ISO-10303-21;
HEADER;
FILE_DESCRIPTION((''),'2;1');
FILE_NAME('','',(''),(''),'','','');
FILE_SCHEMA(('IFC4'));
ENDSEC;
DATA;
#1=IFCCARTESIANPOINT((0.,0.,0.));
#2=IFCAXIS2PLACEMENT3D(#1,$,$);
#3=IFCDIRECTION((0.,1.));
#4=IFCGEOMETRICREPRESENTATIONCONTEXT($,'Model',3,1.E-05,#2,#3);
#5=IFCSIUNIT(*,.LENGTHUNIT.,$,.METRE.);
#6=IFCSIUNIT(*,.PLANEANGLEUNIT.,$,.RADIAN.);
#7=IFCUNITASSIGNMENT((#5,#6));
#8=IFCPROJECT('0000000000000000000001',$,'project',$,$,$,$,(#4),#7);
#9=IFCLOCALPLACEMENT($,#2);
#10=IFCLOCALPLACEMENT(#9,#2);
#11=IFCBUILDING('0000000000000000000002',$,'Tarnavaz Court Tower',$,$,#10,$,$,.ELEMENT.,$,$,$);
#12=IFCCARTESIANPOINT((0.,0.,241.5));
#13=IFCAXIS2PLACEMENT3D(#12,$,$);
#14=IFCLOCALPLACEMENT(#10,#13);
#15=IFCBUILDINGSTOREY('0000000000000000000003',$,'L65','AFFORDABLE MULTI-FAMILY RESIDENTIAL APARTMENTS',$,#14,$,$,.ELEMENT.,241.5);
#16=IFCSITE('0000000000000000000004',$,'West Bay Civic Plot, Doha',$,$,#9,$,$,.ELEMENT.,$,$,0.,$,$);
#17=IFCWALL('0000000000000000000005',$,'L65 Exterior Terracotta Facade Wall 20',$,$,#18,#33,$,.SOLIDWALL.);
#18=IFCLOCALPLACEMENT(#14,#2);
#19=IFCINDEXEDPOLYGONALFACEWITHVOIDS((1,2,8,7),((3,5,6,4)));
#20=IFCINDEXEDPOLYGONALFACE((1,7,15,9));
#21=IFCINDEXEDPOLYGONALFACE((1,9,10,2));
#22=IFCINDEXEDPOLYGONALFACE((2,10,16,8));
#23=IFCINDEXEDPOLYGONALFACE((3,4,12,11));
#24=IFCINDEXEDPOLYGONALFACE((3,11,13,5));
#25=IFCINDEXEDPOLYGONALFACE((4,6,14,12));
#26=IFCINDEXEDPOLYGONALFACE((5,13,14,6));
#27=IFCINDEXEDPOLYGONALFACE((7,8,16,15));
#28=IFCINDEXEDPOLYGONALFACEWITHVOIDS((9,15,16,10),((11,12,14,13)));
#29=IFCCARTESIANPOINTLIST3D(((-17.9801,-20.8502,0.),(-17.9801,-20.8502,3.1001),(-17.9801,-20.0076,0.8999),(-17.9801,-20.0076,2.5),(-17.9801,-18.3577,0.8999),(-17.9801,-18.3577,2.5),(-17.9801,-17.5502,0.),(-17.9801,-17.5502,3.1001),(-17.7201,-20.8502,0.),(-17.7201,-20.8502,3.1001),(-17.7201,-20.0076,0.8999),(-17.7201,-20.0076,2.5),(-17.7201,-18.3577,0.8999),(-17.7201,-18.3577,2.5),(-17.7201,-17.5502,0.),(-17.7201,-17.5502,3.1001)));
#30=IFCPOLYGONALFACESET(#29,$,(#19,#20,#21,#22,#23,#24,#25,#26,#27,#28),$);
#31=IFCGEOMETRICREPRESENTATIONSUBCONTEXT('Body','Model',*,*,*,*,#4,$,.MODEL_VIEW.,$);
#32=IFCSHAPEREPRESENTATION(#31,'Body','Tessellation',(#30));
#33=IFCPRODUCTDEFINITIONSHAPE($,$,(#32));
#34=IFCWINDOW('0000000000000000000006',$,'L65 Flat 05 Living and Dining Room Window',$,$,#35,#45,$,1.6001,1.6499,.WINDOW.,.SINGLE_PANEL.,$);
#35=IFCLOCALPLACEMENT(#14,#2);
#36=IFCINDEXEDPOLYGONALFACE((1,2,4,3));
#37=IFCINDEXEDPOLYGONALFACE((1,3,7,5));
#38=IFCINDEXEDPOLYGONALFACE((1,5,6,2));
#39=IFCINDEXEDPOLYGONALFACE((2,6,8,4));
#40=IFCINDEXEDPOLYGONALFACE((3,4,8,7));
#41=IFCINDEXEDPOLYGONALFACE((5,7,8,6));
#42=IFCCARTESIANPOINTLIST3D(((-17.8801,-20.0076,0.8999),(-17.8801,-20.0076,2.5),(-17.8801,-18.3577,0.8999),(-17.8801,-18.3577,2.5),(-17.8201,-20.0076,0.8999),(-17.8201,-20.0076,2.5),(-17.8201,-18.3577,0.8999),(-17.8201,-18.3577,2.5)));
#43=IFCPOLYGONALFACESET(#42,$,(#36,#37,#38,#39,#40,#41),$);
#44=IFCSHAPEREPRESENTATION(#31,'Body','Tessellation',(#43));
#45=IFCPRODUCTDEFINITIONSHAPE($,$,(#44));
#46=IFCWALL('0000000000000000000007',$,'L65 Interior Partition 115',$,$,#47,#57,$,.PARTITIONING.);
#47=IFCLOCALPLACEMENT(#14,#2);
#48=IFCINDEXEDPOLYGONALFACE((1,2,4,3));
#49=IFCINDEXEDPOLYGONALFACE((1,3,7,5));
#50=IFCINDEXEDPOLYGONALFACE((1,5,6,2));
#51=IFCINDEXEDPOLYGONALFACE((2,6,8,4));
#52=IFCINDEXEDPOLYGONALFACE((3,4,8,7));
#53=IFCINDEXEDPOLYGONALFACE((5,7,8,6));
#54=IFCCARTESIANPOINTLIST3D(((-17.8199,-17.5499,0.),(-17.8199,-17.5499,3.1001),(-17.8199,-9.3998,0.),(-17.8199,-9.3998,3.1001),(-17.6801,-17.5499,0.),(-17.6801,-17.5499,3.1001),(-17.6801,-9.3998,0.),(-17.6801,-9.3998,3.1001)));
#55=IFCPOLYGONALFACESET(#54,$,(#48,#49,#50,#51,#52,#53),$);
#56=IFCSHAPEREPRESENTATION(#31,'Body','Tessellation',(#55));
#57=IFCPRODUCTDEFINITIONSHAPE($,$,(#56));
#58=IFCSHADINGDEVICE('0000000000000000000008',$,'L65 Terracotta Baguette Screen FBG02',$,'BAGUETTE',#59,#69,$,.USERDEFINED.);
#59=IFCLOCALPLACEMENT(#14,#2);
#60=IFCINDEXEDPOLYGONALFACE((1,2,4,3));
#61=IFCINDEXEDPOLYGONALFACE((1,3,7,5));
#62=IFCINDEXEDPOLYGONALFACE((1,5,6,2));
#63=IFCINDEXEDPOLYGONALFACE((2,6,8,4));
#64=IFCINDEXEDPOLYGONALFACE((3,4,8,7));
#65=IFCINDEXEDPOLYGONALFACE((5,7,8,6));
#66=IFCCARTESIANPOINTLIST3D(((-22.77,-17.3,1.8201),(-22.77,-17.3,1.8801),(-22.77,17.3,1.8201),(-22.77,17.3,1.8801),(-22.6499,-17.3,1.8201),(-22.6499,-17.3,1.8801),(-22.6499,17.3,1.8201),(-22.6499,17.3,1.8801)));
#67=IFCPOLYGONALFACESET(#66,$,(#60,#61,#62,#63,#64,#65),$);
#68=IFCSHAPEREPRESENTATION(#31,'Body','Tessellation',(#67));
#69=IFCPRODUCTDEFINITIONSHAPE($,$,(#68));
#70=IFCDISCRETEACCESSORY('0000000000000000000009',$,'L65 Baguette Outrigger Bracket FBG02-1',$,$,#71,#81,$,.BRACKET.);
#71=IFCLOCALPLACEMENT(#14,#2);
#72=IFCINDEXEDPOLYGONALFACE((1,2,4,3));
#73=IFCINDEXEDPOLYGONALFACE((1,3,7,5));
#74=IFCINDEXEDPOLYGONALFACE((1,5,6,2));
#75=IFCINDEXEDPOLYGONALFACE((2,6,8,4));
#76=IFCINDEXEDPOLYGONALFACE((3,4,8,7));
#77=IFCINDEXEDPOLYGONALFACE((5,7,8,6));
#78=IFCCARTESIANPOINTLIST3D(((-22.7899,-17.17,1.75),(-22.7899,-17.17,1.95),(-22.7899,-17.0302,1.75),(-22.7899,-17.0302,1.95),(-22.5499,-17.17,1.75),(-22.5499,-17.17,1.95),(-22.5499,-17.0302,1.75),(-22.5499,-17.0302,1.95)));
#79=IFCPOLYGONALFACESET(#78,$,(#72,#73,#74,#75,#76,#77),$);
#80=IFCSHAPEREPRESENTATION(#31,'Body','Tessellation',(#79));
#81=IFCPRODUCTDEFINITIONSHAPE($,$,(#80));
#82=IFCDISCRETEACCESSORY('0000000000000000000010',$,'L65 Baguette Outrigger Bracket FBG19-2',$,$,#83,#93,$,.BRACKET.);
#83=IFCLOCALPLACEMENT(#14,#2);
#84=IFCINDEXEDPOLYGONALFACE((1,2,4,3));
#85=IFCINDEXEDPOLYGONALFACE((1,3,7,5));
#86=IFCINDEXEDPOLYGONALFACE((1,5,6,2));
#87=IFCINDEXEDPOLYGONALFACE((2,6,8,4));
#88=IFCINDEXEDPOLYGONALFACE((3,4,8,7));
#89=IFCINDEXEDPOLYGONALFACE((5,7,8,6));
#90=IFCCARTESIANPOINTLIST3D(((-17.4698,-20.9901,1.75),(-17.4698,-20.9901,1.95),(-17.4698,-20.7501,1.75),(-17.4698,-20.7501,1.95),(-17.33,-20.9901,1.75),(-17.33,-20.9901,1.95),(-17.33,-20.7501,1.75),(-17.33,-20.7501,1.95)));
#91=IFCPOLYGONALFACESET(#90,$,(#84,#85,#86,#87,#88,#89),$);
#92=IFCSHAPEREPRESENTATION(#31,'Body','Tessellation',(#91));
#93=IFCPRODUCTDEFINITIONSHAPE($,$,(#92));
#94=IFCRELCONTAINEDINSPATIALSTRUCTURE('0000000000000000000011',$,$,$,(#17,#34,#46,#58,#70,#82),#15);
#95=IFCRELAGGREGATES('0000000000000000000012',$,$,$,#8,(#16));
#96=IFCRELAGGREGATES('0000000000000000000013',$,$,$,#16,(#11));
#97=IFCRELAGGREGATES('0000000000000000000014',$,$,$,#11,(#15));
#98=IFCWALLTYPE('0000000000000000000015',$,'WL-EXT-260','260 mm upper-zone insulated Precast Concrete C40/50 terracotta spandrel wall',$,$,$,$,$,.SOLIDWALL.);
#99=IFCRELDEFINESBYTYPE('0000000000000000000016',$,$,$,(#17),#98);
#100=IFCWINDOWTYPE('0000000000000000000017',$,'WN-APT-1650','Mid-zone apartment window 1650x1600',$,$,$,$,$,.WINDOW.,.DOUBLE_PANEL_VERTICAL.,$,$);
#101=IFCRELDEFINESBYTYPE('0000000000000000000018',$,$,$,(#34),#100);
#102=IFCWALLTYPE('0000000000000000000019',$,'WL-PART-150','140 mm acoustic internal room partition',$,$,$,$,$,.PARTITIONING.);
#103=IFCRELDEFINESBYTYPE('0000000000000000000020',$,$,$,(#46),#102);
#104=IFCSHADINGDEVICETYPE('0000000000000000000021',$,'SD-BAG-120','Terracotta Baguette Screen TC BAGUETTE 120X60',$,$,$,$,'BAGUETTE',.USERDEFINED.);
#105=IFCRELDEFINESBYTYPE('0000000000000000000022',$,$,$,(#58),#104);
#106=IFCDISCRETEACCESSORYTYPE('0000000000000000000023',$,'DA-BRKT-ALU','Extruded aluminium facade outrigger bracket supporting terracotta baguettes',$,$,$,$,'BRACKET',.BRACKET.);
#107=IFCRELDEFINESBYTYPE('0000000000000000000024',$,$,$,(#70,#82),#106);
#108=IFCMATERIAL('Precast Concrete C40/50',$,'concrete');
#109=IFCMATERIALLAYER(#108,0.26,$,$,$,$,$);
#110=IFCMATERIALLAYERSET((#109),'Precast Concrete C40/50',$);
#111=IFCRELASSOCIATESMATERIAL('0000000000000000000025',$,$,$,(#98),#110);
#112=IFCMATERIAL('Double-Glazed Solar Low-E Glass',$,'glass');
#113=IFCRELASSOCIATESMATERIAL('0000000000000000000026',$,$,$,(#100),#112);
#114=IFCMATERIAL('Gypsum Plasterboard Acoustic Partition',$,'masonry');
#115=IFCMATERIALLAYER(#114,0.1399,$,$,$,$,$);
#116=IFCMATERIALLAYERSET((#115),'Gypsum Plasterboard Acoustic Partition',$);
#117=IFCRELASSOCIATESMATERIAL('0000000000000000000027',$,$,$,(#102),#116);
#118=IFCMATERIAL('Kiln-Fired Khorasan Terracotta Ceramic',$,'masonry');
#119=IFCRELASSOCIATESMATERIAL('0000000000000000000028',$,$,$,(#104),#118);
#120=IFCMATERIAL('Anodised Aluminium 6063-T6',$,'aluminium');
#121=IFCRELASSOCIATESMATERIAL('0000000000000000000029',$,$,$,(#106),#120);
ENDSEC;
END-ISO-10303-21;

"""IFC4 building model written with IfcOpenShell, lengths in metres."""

from ifc_helpers import new_model, si_unit, direction, frame, frame_2d, origin, origin_2d, place, context, subcontext, project, spatial, rectangle, extrude, material, layer, layer_set, material_profile, profile_set, type_object, element, fill, save


model = new_model("IFC4")

# Units and contexts
model_context = context("Model", 3, precision=1e-05, world=origin(), true_north=direction((0.0, 1.0)))
body_context = subcontext(model_context, "Body", "Model", "MODEL_VIEW")
ifc_project = project(units=[si_unit("LENGTHUNIT", "METRE"), si_unit("PLANEANGLEUNIT", "RADIAN")], contexts=[model_context])

# Site, building, storey
site_placement = place(None, origin())
site = spatial("IfcSite", under=ifc_project, at=site_placement, Name="West Bay Civic Plot, Doha", CompositionType="ELEMENT", RefElevation=0.0)
building_placement = place(site_placement, origin())
building = spatial("IfcBuilding", under=site, at=building_placement, Name="Tarnavaz Court Tower", CompositionType="ELEMENT")
storey_placement = place(building_placement, frame((0.0, 0.0, 241.5)))
storey = spatial("IfcBuildingStorey", under=building, at=storey_placement, Name="L65", Description="AFFORDABLE MULTI-FAMILY RESIDENTIAL APARTMENTS", CompositionType="ELEMENT", Elevation=241.5)

# Shared definitions
ifc_material_1 = material(Name="Precast Concrete C40/50", Category="concrete")
ifc_layer_1 = layer(ifc_material_1, 0.26)
ifc_layer_set_1 = layer_set([ifc_layer_1], Name="Precast Concrete C40/50")
wall_type_1 = type_object("IfcWallType", Name="WL-EXT-260", Description="260 mm upper-zone insulated Precast Concrete C40/50 terracotta spandrel wall", PredefinedType="SOLIDWALL", material=ifc_layer_set_1)
ifc_material_2 = material(Name="Double-Glazed Solar Low-E Glass", Category="glass")

# Shared definitions
window_type_1 = type_object("IfcWindowType", Name="WN-APT-1650", Description="Mid-zone apartment window 1650x1600", PartitioningType="DOUBLE_PANEL_VERTICAL", PredefinedType="WINDOW", material=ifc_material_2)

# Wall, opening, window
wall_1_placement = place(storey_placement, frame((-17.8501, -20.8501, 0.0), z_axis=(0.0, 0.0, 1.0), x_axis=(0.0, 1.0, 0.0)))
wall_1 = element("IfcWall", 1, at=wall_1_placement, inside=storey, type_object=wall_type_1, Name="L65 Exterior Terracotta Facade Wall 20", PredefinedType="SOLIDWALL", context=body_context, shape_type="SweptSolid", body=[
    extrude(rectangle(XDim=3.3, YDim=0.26, at=frame_2d((1.6499, 0.0))), origin(), (0.0, 0.0, 1.0), 3.1001),
])
opening_1_placement = place(wall_1_placement, frame((0.8425, 0.0, 0.8999)))
opening_1 = element("IfcOpeningElement", 2, at=opening_1_placement, cuts=wall_1, PredefinedType="OPENING", context=body_context, shape_type="SweptSolid", body=[
    extrude(rectangle(XDim=1.6499, YDim=1.6001, at=frame_2d((0.825, 0.8))), frame((0.0, 0.1399, 0.0), z_axis=(0.0, -1.0, 0.0), x_axis=(1.0, 0.0, 0.0)), (0.0, 0.0, 1.0), 0.28),
])
window_1_placement = place(opening_1_placement, origin())
window_1 = element("IfcWindow", 3, at=window_1_placement, inside=storey, type_object=window_type_1, Name="L65 Flat 05 Living and Dining Room Window", OverallHeight=1.6001, OverallWidth=1.6499, PartitioningType="SINGLE_PANEL", PredefinedType="WINDOW", context=body_context, shape_type="SweptSolid", body=[
    extrude(rectangle(XDim=1.6499, YDim=1.6001, at=frame_2d((0.825, 0.8))), frame((0.0, 0.03, 0.0), z_axis=(0.0, -1.0, 0.0), x_axis=(1.0, 0.0, 0.0)), (0.0, 0.0, 1.0), 0.0601),
])
fill(opening_1, window_1)

# Wall
ifc_material_3 = material(Name="Gypsum Plasterboard Acoustic Partition", Category="masonry")
ifc_layer_2 = layer(ifc_material_3, 0.1399)
ifc_layer_set_2 = layer_set([ifc_layer_2], Name="Gypsum Plasterboard Acoustic Partition")
wall_type_2 = type_object("IfcWallType", Name="WL-PART-150", Description="140 mm acoustic internal room partition", PredefinedType="PARTITIONING", material=ifc_layer_set_2)
wall_2_placement = place(storey_placement, frame((-17.75, -17.55, 0.0), z_axis=(0.0, 0.0, 1.0), x_axis=(0.0, 1.0, 0.0)))
element("IfcWall", 4, at=wall_2_placement, inside=storey, type_object=wall_type_2, Name="L65 Interior Partition 115", PredefinedType="PARTITIONING", context=body_context, shape_type="SweptSolid", body=[
    extrude(rectangle(XDim=8.1501, YDim=0.1399, at=frame_2d((4.0752, 0.0))), origin(), (0.0, 0.0, 1.0), 3.1001),
])

# Shading device
ifc_material_4 = material(Name="Kiln-Fired Khorasan Terracotta Ceramic", Category="masonry")
ifc_material_profile_1 = material_profile(ifc_material_4, rectangle(XDim=0.1201, YDim=0.0601, at=origin_2d()), Name="TC BAGUETTE 120X60")
ifc_profile_set_1 = profile_set([ifc_material_profile_1], Name="Kiln-Fired Khorasan Terracotta Ceramic")
shading_device_type = type_object("IfcShadingDeviceType", Name="SD-BAG-120", Description="Terracotta Baguette Screen TC BAGUETTE 120X60", ElementType="BAGUETTE", PredefinedType="USERDEFINED", material=ifc_profile_set_1)
shading_device_placement = place(storey_placement, frame((-22.71, -17.3, 1.8501), z_axis=(0.0, 1.0, 0.0), x_axis=(-1.0, 0.0, 0.0)))
element("IfcShadingDevice", 5, at=shading_device_placement, inside=storey, type_object=shading_device_type, Name="L65 Terracotta Baguette Screen FBG02", ObjectType="BAGUETTE", PredefinedType="USERDEFINED", context=body_context, shape_type="SweptSolid", body=[
    extrude(rectangle(XDim=0.1201, YDim=0.0601, at=origin_2d()), origin(), (0.0, 0.0, 1.0), 34.6001),
])

# Discrete accessories
ifc_material_5 = material(Name="Anodised Aluminium 6063-T6", Category="aluminium")
discrete_accessory_type = type_object("IfcDiscreteAccessoryType", Name="DA-BRKT-ALU", Description="Extruded aluminium facade outrigger bracket supporting terracotta baguettes", ElementType="BRACKET", PredefinedType="BRACKET", material=ifc_material_5)
for number, where, z_axis, x_axis, name in (
    (6, (-22.6699, -17.1001, 1.75), (0.0, 0.0, 1.0), (0.0, 1.0, 0.0), "L65 Baguette Outrigger Bracket FBG02-1"),
    (7, (-17.3999, -20.8701, 1.75), (0.0, 0.0, 1.0), (-1.0, 0.0, 0.0), "L65 Baguette Outrigger Bracket FBG19-2"),
):
    element("IfcDiscreteAccessory", number, at=place(storey_placement, frame(where, z_axis=z_axis, x_axis=x_axis)), inside=storey, type_object=discrete_accessory_type, Name=name, PredefinedType="BRACKET", context=body_context, shape_type="SweptSolid", body=[
        extrude(rectangle(XDim=0.1399, YDim=0.24, at=origin_2d()), origin(), (0.0, 0.0, 1.0), 0.2),
    ])

save(model, "model.ifc")
